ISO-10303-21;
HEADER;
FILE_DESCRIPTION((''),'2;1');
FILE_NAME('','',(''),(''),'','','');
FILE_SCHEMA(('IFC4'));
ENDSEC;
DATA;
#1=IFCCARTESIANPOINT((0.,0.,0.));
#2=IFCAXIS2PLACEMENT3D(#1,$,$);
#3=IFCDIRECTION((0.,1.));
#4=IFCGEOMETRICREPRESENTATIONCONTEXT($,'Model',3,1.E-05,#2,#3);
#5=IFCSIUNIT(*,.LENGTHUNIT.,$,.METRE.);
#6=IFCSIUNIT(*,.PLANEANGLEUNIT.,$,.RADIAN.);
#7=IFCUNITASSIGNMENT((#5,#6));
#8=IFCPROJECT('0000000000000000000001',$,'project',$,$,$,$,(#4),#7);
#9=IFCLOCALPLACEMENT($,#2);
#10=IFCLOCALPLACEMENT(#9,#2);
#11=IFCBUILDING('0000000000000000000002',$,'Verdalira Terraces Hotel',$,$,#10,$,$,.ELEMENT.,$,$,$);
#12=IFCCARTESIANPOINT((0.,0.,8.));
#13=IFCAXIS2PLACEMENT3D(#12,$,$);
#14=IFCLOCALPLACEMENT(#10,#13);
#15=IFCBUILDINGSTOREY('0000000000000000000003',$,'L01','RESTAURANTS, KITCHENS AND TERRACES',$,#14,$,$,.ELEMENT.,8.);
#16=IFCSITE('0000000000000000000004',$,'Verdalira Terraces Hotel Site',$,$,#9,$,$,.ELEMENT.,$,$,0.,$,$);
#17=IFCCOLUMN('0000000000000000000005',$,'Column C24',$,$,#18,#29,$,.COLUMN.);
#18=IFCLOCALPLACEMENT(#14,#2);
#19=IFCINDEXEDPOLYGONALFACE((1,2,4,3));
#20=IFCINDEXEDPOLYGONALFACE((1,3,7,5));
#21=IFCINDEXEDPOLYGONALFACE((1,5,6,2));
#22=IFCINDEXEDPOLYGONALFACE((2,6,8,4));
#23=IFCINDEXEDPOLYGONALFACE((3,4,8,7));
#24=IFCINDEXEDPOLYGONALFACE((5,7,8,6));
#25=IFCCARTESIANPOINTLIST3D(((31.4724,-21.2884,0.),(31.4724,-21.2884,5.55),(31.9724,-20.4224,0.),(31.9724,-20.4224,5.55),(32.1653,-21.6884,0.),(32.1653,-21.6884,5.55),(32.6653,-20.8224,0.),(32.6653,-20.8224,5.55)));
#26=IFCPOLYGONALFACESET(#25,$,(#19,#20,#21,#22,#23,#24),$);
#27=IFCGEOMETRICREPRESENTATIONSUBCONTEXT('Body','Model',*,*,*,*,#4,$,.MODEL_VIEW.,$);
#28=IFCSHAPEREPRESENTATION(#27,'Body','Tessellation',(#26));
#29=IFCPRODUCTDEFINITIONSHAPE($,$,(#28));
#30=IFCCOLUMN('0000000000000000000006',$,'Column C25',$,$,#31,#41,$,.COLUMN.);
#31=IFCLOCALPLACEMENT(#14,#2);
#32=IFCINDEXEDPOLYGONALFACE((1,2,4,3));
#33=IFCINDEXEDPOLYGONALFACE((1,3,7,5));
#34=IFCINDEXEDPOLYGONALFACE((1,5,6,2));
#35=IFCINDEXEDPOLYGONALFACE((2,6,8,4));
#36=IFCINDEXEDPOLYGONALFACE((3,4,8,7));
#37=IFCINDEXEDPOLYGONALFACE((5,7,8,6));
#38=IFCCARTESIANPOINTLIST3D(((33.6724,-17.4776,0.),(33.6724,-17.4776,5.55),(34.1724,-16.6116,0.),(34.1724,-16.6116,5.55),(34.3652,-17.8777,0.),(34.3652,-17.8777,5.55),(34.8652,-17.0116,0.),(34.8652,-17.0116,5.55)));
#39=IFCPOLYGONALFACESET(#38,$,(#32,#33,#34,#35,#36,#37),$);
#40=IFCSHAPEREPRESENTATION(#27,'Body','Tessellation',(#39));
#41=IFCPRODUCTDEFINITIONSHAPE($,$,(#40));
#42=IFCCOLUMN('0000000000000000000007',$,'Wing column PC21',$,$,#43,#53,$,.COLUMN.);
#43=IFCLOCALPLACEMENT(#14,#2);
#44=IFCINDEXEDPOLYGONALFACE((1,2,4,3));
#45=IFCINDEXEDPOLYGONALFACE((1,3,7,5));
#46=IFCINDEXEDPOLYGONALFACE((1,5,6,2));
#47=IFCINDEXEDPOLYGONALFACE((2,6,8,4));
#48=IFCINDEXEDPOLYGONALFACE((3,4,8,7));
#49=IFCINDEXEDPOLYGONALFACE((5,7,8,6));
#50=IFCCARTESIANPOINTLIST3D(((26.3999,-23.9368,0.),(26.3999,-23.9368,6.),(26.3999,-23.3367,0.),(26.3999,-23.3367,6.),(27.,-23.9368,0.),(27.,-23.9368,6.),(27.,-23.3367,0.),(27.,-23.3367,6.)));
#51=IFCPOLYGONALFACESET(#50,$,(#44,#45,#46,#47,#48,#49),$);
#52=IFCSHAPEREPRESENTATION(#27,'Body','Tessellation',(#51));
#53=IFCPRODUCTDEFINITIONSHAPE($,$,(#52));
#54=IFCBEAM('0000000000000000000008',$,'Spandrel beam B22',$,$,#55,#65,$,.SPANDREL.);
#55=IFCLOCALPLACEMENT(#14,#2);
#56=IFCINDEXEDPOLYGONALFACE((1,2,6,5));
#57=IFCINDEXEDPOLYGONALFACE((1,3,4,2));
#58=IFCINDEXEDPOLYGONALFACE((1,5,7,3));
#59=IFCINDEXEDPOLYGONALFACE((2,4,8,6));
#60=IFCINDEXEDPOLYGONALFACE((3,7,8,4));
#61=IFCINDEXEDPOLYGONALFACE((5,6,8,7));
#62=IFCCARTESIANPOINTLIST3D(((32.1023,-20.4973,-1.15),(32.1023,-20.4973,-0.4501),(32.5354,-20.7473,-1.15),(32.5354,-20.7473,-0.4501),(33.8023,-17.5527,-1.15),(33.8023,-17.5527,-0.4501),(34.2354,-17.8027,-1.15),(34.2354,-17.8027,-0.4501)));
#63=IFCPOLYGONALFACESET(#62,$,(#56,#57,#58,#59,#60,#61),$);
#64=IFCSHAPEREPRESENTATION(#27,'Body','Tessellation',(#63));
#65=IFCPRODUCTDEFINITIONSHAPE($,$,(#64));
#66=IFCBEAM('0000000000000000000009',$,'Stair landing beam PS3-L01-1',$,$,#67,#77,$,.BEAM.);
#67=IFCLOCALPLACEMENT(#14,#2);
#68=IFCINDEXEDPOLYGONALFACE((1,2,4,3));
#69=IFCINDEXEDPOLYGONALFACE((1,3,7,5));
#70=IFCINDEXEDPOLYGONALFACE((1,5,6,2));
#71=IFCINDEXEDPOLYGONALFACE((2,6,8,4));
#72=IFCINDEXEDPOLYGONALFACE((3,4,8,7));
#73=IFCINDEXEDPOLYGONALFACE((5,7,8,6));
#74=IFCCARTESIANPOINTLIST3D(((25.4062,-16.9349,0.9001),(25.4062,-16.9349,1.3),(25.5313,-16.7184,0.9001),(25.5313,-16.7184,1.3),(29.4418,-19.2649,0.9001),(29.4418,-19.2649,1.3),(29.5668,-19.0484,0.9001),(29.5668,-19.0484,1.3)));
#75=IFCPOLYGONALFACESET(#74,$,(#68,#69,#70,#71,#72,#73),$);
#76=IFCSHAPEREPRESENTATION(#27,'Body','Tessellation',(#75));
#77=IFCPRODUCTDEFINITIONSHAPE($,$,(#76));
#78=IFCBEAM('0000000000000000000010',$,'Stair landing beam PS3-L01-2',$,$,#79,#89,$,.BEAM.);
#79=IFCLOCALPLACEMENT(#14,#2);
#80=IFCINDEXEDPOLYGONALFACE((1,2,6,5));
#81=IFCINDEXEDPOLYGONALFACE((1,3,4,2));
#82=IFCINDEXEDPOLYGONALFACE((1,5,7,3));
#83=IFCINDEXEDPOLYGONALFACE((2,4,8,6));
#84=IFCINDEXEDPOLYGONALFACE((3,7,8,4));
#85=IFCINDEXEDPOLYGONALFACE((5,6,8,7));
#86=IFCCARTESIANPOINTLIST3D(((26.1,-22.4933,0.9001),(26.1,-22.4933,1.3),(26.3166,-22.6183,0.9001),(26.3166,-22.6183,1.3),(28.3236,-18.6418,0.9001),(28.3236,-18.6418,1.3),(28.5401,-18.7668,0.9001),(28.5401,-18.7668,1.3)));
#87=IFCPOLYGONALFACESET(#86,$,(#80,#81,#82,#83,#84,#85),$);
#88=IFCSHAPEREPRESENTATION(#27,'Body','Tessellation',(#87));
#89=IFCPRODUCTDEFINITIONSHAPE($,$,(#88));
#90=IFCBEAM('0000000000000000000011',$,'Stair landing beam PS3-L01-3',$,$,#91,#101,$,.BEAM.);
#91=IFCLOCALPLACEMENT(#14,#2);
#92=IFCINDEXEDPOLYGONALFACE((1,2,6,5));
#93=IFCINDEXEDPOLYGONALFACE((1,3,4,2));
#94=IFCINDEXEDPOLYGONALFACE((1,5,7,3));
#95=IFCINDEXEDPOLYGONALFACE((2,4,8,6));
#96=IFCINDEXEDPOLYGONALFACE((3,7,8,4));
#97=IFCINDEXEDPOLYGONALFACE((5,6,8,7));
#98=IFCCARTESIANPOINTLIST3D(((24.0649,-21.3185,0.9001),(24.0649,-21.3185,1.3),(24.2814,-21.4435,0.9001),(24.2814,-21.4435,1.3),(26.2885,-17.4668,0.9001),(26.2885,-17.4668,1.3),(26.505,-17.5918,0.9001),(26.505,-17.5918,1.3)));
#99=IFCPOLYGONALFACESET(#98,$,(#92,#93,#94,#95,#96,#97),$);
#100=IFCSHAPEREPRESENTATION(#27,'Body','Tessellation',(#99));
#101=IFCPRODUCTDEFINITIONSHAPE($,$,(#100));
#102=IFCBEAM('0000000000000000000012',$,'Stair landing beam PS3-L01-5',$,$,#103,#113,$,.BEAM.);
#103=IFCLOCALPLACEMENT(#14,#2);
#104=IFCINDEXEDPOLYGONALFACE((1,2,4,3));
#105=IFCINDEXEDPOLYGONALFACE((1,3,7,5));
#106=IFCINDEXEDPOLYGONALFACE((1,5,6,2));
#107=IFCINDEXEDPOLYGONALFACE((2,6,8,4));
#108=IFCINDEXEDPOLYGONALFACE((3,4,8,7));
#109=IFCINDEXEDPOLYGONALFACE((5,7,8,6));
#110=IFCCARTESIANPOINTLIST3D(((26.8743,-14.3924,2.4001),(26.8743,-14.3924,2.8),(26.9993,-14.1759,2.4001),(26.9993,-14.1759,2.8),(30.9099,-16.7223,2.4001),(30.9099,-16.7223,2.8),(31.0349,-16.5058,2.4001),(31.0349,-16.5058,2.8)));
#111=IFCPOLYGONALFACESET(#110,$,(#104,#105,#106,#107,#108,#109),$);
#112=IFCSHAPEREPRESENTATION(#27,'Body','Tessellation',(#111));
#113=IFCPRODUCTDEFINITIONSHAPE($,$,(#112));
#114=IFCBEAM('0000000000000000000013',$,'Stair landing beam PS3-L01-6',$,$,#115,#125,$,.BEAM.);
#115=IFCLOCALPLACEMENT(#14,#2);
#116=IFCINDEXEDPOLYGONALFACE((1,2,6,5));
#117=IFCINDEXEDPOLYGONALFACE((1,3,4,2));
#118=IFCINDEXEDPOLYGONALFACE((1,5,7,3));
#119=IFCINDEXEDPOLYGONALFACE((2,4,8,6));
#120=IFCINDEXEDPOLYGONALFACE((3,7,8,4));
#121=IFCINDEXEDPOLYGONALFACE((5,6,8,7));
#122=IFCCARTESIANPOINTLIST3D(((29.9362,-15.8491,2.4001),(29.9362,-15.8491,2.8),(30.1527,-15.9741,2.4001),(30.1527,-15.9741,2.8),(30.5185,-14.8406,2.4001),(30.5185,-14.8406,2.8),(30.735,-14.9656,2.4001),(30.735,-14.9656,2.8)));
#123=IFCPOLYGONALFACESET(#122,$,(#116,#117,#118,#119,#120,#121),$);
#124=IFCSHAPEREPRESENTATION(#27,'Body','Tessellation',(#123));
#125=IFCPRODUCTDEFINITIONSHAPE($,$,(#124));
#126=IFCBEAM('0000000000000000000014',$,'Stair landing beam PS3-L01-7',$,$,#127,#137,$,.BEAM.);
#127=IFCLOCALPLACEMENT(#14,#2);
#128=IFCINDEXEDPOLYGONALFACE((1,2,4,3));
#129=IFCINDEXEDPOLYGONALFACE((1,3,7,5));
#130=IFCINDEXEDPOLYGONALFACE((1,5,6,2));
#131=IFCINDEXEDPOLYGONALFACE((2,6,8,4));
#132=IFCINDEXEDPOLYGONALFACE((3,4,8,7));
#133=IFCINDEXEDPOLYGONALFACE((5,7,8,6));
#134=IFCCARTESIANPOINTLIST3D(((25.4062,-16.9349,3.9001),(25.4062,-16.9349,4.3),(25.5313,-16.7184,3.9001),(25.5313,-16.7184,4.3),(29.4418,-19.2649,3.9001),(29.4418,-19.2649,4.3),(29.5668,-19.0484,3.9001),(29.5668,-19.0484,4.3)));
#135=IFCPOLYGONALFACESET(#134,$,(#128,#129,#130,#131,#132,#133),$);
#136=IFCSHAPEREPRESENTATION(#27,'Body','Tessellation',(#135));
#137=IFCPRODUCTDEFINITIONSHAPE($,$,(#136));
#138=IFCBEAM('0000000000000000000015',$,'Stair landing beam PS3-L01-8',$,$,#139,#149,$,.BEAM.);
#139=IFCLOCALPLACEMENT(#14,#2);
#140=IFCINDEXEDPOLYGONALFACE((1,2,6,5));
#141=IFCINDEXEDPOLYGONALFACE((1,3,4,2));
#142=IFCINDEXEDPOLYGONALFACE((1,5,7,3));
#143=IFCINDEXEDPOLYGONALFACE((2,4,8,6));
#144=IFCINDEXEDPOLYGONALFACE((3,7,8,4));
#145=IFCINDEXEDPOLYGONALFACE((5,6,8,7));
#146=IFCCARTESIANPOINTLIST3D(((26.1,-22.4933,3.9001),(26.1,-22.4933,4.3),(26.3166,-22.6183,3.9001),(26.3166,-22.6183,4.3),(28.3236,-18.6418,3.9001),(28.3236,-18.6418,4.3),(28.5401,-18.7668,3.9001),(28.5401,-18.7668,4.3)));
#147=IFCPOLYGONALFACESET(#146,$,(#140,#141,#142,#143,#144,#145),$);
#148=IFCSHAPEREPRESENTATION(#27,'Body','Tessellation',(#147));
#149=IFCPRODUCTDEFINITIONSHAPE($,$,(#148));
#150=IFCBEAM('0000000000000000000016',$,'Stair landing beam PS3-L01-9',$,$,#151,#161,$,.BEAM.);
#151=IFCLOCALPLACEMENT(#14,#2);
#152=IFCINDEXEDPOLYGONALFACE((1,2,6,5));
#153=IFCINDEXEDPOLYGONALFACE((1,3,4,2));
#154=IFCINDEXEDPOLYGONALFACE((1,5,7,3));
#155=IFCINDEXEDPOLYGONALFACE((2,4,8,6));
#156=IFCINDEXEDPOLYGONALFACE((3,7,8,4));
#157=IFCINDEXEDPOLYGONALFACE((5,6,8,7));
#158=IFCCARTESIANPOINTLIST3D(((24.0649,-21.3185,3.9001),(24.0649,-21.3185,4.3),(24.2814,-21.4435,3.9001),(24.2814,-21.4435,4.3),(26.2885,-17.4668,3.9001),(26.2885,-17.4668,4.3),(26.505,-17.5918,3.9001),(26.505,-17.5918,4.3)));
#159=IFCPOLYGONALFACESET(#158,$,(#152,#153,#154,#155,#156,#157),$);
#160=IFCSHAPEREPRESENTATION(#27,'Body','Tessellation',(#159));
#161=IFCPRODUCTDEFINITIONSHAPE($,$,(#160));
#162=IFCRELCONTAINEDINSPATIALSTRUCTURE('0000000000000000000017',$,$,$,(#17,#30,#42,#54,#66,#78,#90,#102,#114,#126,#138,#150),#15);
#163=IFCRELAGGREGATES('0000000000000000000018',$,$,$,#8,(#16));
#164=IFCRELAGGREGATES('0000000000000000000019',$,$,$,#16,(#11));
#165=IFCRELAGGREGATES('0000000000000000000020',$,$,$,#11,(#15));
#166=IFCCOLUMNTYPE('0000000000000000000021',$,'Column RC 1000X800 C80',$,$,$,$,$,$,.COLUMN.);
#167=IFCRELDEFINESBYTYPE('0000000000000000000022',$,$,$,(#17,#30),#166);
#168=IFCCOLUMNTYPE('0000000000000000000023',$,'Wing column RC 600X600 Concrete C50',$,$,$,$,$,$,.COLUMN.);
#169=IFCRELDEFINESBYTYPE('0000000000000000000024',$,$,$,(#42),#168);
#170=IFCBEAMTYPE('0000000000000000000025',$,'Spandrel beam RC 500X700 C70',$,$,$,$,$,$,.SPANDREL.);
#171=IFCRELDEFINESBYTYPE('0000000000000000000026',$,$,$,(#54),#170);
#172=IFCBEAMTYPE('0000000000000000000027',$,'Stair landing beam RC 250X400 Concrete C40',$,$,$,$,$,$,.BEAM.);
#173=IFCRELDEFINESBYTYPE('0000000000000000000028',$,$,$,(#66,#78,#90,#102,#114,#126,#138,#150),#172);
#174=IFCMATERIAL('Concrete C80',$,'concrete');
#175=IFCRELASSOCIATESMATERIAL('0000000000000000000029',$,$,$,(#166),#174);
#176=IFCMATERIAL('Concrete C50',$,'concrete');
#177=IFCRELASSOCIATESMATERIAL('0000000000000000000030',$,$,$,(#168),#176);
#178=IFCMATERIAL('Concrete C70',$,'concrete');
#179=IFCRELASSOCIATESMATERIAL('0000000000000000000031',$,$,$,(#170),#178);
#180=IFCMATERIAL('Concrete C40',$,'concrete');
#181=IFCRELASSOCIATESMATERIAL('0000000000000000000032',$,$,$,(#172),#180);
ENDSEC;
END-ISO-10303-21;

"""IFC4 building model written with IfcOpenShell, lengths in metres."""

from ifc_helpers import new_model, si_unit, direction, frame, origin, origin_2d, place, context, subcontext, project, spatial, rectangle, extrude, material, material_profile, profile_set, type_object, element, save


model = new_model("IFC4")

# Units and contexts
model_context = context("Model", 3, precision=1e-05, world=origin(), true_north=direction((0.0, 1.0)))
body_context = subcontext(model_context, "Body", "Model", "MODEL_VIEW")
ifc_project = project(units=[si_unit("LENGTHUNIT", "METRE"), si_unit("PLANEANGLEUNIT", "RADIAN")], contexts=[model_context])

# Site, building, storey
site_placement = place(None, origin())
site = spatial("IfcSite", under=ifc_project, at=site_placement, Name="Verdalira Terraces Hotel Site", CompositionType="ELEMENT", RefElevation=0.0)
building_placement = place(site_placement, origin())
building = spatial("IfcBuilding", under=site, at=building_placement, Name="Verdalira Terraces Hotel", CompositionType="ELEMENT")
storey_placement = place(building_placement, frame((0.0, 0.0, 8.0)))
storey = spatial("IfcBuildingStorey", under=building, at=storey_placement, Name="L01", Description="RESTAURANTS, KITCHENS AND TERRACES", CompositionType="ELEMENT", Elevation=8.0)

# Columns
ifc_material_1 = material(Name="Concrete C80", Category="concrete")
ifc_material_profile_1 = material_profile(ifc_material_1, rectangle(XDim=1.0, YDim=0.8, at=origin_2d()), Name="RC 1000X800")
ifc_profile_set_1 = profile_set([ifc_material_profile_1], Name="Concrete C80")
column_type_1 = type_object("IfcColumnType", Name="Column RC 1000X800 C80", PredefinedType="COLUMN", material=ifc_profile_set_1)
for number, where, z_axis, x_axis, name in (
    (1, (32.0688, -21.0554, 0.0), (0.0, 0.0, 1.0), (0.5, 0.866025, 0.0), "Column C24"),
    (2, (34.2688, -17.2446, 0.0), (0.0, 0.0, 1.0), (0.5, 0.866025, 0.0), "Column C25"),
):
    element("IfcColumn", number, at=place(storey_placement, frame(where, z_axis=z_axis, x_axis=x_axis)), inside=storey, type_object=column_type_1, Name=name, PredefinedType="COLUMN", context=body_context, shape_type="SweptSolid", body=[
        extrude(rectangle(XDim=1.0, YDim=0.8, at=origin_2d()), origin(), (0.0, 0.0, 1.0), 5.55),
    ])
ifc_material_2 = material(Name="Concrete C50", Category="concrete")
ifc_material_profile_2 = material_profile(ifc_material_2, rectangle(XDim=0.6001, YDim=0.6001, at=origin_2d()), Name="RC 600X600")
ifc_profile_set_2 = profile_set([ifc_material_profile_2], Name="Concrete C50")
column_type_2 = type_object("IfcColumnType", Name="Wing column RC 600X600 Concrete C50", PredefinedType="COLUMN", material=ifc_profile_set_2)
column_placement = place(storey_placement, frame((26.7, -23.6367, 0.0), z_axis=(0.0, 0.0, 1.0), x_axis=(0.0, -1.0, 0.0)))
element("IfcColumn", 3, at=column_placement, inside=storey, type_object=column_type_2, Name="Wing column PC21", PredefinedType="COLUMN", context=body_context, shape_type="SweptSolid", body=[
    extrude(rectangle(XDim=0.6001, YDim=0.6001, at=origin_2d()), origin(), (0.0, 0.0, 1.0), 6.0),
])

# Beams
ifc_material_3 = material(Name="Concrete C70", Category="concrete")
ifc_material_profile_3 = material_profile(ifc_material_3, rectangle(XDim=0.5, YDim=0.7, at=origin_2d()), Name="RC 500X700")
ifc_profile_set_3 = profile_set([ifc_material_profile_3], Name="Concrete C70")
beam_type_1 = type_object("IfcBeamType", Name="Spandrel beam RC 500X700 C70", PredefinedType="SPANDREL", material=ifc_profile_set_3)
beam_1_placement = place(storey_placement, frame((32.3188, -20.6223, -0.8), z_axis=(0.499977, 0.866039, 0.0), x_axis=(-0.866039, 0.499977, 0.0)))
element("IfcBeam", 4, at=beam_1_placement, inside=storey, type_object=beam_type_1, Name="Spandrel beam B22", PredefinedType="SPANDREL", context=body_context, shape_type="SweptSolid", body=[
    extrude(rectangle(XDim=0.5, YDim=0.7, at=origin_2d()), origin(), (0.0, 0.0, 1.0), 3.4001),
])
ifc_material_4 = material(Name="Concrete C40", Category="concrete")
ifc_material_profile_4 = material_profile(ifc_material_4, rectangle(XDim=0.25, YDim=0.3999, at=origin_2d()), Name="RC 250X400")
ifc_profile_set_4 = profile_set([ifc_material_profile_4], Name="Concrete C40")
beam_type_2 = type_object("IfcBeamType", Name="Stair landing beam RC 250X400 Concrete C40", PredefinedType="BEAM", material=ifc_profile_set_4)
beam_2_placement = place(storey_placement, frame((25.4688, -16.8267, 1.1001), z_axis=(0.866016, -0.500016, 0.0), x_axis=(0.500016, 0.866016, 0.0)))
element("IfcBeam", 5, at=beam_2_placement, inside=storey, type_object=beam_type_2, Name="Stair landing beam PS3-L01-1", PredefinedType="BEAM", context=body_context, shape_type="SweptSolid", body=[
    extrude(rectangle(XDim=0.25, YDim=0.3999, at=origin_2d()), origin(), (0.0, 0.0, 1.0), 4.6599),
])
beam_3_placement = place(storey_placement, frame((28.4319, -18.7043, 1.1001), z_axis=(-0.499989, -0.866032, 0.0), x_axis=(0.866032, -0.499989, 0.0)))
element("IfcBeam", 6, at=beam_3_placement, inside=storey, type_object=beam_type_2, Name="Stair landing beam PS3-L01-2", PredefinedType="BEAM", context=body_context, shape_type="SweptSolid", body=[
    extrude(rectangle(XDim=0.25, YDim=0.3999, at=origin_2d()), origin(), (0.0, 0.0, 1.0), 4.4473),
])
beam_4_placement = place(storey_placement, frame((26.3967, -17.5293, 1.1001), z_axis=(-0.499965, -0.866046, 0.0), x_axis=(0.866046, -0.499965, 0.0)))
element("IfcBeam", 7, at=beam_4_placement, inside=storey, type_object=beam_type_2, Name="Stair landing beam PS3-L01-3", PredefinedType="BEAM", context=body_context, shape_type="SweptSolid", body=[
    extrude(rectangle(XDim=0.25, YDim=0.3999, at=origin_2d()), origin(), (0.0, 0.0, 1.0), 4.4475),
])
beam_5_placement = place(storey_placement, frame((26.9368, -14.2842, 2.6001), z_axis=(0.866039, -0.499976, 0.0), x_axis=(0.499976, 0.866039, 0.0)))
element("IfcBeam", 8, at=beam_5_placement, inside=storey, type_object=beam_type_2, Name="Stair landing beam PS3-L01-5", PredefinedType="BEAM", context=body_context, shape_type="SweptSolid", body=[
    extrude(rectangle(XDim=0.25, YDim=0.3999, at=origin_2d()), origin(), (0.0, 0.0, 1.0), 4.6599),
])
beam_6_placement = place(storey_placement, frame((30.6267, -14.9031, 2.6001), z_axis=(-0.499995, -0.866028, 0.0), x_axis=(0.866028, -0.499995, 0.0)))
element("IfcBeam", 9, at=beam_6_placement, inside=storey, type_object=beam_type_2, Name="Stair landing beam PS3-L01-6", PredefinedType="BEAM", context=body_context, shape_type="SweptSolid", body=[
    extrude(rectangle(XDim=0.25, YDim=0.3999, at=origin_2d()), origin(), (0.0, 0.0, 1.0), 1.1646),
])
beam_7_placement = place(storey_placement, frame((25.4688, -16.8267, 4.1001), z_axis=(0.866016, -0.500016, 0.0), x_axis=(0.500016, 0.866016, 0.0)))
element("IfcBeam", 10, at=beam_7_placement, inside=storey, type_object=beam_type_2, Name="Stair landing beam PS3-L01-7", PredefinedType="BEAM", context=body_context, shape_type="SweptSolid", body=[
    extrude(rectangle(XDim=0.25, YDim=0.3999, at=origin_2d()), origin(), (0.0, 0.0, 1.0), 4.6599),
])
beam_8_placement = place(storey_placement, frame((28.4319, -18.7043, 4.1001), z_axis=(-0.499989, -0.866032, 0.0), x_axis=(0.866032, -0.499989, 0.0)))
element("IfcBeam", 11, at=beam_8_placement, inside=storey, type_object=beam_type_2, Name="Stair landing beam PS3-L01-8", PredefinedType="BEAM", context=body_context, shape_type="SweptSolid", body=[
    extrude(rectangle(XDim=0.25, YDim=0.3999, at=origin_2d()), origin(), (0.0, 0.0, 1.0), 4.4473),
])
beam_9_placement = place(storey_placement, frame((26.3967, -17.5293, 4.1001), z_axis=(-0.499965, -0.866046, 0.0), x_axis=(0.866046, -0.499965, 0.0)))
element("IfcBeam", 12, at=beam_9_placement, inside=storey, type_object=beam_type_2, Name="Stair landing beam PS3-L01-9", PredefinedType="BEAM", context=body_context, shape_type="SweptSolid", body=[
    extrude(rectangle(XDim=0.25, YDim=0.3999, at=origin_2d()), origin(), (0.0, 0.0, 1.0), 4.4475),
])

save(model, "model.ifc")
